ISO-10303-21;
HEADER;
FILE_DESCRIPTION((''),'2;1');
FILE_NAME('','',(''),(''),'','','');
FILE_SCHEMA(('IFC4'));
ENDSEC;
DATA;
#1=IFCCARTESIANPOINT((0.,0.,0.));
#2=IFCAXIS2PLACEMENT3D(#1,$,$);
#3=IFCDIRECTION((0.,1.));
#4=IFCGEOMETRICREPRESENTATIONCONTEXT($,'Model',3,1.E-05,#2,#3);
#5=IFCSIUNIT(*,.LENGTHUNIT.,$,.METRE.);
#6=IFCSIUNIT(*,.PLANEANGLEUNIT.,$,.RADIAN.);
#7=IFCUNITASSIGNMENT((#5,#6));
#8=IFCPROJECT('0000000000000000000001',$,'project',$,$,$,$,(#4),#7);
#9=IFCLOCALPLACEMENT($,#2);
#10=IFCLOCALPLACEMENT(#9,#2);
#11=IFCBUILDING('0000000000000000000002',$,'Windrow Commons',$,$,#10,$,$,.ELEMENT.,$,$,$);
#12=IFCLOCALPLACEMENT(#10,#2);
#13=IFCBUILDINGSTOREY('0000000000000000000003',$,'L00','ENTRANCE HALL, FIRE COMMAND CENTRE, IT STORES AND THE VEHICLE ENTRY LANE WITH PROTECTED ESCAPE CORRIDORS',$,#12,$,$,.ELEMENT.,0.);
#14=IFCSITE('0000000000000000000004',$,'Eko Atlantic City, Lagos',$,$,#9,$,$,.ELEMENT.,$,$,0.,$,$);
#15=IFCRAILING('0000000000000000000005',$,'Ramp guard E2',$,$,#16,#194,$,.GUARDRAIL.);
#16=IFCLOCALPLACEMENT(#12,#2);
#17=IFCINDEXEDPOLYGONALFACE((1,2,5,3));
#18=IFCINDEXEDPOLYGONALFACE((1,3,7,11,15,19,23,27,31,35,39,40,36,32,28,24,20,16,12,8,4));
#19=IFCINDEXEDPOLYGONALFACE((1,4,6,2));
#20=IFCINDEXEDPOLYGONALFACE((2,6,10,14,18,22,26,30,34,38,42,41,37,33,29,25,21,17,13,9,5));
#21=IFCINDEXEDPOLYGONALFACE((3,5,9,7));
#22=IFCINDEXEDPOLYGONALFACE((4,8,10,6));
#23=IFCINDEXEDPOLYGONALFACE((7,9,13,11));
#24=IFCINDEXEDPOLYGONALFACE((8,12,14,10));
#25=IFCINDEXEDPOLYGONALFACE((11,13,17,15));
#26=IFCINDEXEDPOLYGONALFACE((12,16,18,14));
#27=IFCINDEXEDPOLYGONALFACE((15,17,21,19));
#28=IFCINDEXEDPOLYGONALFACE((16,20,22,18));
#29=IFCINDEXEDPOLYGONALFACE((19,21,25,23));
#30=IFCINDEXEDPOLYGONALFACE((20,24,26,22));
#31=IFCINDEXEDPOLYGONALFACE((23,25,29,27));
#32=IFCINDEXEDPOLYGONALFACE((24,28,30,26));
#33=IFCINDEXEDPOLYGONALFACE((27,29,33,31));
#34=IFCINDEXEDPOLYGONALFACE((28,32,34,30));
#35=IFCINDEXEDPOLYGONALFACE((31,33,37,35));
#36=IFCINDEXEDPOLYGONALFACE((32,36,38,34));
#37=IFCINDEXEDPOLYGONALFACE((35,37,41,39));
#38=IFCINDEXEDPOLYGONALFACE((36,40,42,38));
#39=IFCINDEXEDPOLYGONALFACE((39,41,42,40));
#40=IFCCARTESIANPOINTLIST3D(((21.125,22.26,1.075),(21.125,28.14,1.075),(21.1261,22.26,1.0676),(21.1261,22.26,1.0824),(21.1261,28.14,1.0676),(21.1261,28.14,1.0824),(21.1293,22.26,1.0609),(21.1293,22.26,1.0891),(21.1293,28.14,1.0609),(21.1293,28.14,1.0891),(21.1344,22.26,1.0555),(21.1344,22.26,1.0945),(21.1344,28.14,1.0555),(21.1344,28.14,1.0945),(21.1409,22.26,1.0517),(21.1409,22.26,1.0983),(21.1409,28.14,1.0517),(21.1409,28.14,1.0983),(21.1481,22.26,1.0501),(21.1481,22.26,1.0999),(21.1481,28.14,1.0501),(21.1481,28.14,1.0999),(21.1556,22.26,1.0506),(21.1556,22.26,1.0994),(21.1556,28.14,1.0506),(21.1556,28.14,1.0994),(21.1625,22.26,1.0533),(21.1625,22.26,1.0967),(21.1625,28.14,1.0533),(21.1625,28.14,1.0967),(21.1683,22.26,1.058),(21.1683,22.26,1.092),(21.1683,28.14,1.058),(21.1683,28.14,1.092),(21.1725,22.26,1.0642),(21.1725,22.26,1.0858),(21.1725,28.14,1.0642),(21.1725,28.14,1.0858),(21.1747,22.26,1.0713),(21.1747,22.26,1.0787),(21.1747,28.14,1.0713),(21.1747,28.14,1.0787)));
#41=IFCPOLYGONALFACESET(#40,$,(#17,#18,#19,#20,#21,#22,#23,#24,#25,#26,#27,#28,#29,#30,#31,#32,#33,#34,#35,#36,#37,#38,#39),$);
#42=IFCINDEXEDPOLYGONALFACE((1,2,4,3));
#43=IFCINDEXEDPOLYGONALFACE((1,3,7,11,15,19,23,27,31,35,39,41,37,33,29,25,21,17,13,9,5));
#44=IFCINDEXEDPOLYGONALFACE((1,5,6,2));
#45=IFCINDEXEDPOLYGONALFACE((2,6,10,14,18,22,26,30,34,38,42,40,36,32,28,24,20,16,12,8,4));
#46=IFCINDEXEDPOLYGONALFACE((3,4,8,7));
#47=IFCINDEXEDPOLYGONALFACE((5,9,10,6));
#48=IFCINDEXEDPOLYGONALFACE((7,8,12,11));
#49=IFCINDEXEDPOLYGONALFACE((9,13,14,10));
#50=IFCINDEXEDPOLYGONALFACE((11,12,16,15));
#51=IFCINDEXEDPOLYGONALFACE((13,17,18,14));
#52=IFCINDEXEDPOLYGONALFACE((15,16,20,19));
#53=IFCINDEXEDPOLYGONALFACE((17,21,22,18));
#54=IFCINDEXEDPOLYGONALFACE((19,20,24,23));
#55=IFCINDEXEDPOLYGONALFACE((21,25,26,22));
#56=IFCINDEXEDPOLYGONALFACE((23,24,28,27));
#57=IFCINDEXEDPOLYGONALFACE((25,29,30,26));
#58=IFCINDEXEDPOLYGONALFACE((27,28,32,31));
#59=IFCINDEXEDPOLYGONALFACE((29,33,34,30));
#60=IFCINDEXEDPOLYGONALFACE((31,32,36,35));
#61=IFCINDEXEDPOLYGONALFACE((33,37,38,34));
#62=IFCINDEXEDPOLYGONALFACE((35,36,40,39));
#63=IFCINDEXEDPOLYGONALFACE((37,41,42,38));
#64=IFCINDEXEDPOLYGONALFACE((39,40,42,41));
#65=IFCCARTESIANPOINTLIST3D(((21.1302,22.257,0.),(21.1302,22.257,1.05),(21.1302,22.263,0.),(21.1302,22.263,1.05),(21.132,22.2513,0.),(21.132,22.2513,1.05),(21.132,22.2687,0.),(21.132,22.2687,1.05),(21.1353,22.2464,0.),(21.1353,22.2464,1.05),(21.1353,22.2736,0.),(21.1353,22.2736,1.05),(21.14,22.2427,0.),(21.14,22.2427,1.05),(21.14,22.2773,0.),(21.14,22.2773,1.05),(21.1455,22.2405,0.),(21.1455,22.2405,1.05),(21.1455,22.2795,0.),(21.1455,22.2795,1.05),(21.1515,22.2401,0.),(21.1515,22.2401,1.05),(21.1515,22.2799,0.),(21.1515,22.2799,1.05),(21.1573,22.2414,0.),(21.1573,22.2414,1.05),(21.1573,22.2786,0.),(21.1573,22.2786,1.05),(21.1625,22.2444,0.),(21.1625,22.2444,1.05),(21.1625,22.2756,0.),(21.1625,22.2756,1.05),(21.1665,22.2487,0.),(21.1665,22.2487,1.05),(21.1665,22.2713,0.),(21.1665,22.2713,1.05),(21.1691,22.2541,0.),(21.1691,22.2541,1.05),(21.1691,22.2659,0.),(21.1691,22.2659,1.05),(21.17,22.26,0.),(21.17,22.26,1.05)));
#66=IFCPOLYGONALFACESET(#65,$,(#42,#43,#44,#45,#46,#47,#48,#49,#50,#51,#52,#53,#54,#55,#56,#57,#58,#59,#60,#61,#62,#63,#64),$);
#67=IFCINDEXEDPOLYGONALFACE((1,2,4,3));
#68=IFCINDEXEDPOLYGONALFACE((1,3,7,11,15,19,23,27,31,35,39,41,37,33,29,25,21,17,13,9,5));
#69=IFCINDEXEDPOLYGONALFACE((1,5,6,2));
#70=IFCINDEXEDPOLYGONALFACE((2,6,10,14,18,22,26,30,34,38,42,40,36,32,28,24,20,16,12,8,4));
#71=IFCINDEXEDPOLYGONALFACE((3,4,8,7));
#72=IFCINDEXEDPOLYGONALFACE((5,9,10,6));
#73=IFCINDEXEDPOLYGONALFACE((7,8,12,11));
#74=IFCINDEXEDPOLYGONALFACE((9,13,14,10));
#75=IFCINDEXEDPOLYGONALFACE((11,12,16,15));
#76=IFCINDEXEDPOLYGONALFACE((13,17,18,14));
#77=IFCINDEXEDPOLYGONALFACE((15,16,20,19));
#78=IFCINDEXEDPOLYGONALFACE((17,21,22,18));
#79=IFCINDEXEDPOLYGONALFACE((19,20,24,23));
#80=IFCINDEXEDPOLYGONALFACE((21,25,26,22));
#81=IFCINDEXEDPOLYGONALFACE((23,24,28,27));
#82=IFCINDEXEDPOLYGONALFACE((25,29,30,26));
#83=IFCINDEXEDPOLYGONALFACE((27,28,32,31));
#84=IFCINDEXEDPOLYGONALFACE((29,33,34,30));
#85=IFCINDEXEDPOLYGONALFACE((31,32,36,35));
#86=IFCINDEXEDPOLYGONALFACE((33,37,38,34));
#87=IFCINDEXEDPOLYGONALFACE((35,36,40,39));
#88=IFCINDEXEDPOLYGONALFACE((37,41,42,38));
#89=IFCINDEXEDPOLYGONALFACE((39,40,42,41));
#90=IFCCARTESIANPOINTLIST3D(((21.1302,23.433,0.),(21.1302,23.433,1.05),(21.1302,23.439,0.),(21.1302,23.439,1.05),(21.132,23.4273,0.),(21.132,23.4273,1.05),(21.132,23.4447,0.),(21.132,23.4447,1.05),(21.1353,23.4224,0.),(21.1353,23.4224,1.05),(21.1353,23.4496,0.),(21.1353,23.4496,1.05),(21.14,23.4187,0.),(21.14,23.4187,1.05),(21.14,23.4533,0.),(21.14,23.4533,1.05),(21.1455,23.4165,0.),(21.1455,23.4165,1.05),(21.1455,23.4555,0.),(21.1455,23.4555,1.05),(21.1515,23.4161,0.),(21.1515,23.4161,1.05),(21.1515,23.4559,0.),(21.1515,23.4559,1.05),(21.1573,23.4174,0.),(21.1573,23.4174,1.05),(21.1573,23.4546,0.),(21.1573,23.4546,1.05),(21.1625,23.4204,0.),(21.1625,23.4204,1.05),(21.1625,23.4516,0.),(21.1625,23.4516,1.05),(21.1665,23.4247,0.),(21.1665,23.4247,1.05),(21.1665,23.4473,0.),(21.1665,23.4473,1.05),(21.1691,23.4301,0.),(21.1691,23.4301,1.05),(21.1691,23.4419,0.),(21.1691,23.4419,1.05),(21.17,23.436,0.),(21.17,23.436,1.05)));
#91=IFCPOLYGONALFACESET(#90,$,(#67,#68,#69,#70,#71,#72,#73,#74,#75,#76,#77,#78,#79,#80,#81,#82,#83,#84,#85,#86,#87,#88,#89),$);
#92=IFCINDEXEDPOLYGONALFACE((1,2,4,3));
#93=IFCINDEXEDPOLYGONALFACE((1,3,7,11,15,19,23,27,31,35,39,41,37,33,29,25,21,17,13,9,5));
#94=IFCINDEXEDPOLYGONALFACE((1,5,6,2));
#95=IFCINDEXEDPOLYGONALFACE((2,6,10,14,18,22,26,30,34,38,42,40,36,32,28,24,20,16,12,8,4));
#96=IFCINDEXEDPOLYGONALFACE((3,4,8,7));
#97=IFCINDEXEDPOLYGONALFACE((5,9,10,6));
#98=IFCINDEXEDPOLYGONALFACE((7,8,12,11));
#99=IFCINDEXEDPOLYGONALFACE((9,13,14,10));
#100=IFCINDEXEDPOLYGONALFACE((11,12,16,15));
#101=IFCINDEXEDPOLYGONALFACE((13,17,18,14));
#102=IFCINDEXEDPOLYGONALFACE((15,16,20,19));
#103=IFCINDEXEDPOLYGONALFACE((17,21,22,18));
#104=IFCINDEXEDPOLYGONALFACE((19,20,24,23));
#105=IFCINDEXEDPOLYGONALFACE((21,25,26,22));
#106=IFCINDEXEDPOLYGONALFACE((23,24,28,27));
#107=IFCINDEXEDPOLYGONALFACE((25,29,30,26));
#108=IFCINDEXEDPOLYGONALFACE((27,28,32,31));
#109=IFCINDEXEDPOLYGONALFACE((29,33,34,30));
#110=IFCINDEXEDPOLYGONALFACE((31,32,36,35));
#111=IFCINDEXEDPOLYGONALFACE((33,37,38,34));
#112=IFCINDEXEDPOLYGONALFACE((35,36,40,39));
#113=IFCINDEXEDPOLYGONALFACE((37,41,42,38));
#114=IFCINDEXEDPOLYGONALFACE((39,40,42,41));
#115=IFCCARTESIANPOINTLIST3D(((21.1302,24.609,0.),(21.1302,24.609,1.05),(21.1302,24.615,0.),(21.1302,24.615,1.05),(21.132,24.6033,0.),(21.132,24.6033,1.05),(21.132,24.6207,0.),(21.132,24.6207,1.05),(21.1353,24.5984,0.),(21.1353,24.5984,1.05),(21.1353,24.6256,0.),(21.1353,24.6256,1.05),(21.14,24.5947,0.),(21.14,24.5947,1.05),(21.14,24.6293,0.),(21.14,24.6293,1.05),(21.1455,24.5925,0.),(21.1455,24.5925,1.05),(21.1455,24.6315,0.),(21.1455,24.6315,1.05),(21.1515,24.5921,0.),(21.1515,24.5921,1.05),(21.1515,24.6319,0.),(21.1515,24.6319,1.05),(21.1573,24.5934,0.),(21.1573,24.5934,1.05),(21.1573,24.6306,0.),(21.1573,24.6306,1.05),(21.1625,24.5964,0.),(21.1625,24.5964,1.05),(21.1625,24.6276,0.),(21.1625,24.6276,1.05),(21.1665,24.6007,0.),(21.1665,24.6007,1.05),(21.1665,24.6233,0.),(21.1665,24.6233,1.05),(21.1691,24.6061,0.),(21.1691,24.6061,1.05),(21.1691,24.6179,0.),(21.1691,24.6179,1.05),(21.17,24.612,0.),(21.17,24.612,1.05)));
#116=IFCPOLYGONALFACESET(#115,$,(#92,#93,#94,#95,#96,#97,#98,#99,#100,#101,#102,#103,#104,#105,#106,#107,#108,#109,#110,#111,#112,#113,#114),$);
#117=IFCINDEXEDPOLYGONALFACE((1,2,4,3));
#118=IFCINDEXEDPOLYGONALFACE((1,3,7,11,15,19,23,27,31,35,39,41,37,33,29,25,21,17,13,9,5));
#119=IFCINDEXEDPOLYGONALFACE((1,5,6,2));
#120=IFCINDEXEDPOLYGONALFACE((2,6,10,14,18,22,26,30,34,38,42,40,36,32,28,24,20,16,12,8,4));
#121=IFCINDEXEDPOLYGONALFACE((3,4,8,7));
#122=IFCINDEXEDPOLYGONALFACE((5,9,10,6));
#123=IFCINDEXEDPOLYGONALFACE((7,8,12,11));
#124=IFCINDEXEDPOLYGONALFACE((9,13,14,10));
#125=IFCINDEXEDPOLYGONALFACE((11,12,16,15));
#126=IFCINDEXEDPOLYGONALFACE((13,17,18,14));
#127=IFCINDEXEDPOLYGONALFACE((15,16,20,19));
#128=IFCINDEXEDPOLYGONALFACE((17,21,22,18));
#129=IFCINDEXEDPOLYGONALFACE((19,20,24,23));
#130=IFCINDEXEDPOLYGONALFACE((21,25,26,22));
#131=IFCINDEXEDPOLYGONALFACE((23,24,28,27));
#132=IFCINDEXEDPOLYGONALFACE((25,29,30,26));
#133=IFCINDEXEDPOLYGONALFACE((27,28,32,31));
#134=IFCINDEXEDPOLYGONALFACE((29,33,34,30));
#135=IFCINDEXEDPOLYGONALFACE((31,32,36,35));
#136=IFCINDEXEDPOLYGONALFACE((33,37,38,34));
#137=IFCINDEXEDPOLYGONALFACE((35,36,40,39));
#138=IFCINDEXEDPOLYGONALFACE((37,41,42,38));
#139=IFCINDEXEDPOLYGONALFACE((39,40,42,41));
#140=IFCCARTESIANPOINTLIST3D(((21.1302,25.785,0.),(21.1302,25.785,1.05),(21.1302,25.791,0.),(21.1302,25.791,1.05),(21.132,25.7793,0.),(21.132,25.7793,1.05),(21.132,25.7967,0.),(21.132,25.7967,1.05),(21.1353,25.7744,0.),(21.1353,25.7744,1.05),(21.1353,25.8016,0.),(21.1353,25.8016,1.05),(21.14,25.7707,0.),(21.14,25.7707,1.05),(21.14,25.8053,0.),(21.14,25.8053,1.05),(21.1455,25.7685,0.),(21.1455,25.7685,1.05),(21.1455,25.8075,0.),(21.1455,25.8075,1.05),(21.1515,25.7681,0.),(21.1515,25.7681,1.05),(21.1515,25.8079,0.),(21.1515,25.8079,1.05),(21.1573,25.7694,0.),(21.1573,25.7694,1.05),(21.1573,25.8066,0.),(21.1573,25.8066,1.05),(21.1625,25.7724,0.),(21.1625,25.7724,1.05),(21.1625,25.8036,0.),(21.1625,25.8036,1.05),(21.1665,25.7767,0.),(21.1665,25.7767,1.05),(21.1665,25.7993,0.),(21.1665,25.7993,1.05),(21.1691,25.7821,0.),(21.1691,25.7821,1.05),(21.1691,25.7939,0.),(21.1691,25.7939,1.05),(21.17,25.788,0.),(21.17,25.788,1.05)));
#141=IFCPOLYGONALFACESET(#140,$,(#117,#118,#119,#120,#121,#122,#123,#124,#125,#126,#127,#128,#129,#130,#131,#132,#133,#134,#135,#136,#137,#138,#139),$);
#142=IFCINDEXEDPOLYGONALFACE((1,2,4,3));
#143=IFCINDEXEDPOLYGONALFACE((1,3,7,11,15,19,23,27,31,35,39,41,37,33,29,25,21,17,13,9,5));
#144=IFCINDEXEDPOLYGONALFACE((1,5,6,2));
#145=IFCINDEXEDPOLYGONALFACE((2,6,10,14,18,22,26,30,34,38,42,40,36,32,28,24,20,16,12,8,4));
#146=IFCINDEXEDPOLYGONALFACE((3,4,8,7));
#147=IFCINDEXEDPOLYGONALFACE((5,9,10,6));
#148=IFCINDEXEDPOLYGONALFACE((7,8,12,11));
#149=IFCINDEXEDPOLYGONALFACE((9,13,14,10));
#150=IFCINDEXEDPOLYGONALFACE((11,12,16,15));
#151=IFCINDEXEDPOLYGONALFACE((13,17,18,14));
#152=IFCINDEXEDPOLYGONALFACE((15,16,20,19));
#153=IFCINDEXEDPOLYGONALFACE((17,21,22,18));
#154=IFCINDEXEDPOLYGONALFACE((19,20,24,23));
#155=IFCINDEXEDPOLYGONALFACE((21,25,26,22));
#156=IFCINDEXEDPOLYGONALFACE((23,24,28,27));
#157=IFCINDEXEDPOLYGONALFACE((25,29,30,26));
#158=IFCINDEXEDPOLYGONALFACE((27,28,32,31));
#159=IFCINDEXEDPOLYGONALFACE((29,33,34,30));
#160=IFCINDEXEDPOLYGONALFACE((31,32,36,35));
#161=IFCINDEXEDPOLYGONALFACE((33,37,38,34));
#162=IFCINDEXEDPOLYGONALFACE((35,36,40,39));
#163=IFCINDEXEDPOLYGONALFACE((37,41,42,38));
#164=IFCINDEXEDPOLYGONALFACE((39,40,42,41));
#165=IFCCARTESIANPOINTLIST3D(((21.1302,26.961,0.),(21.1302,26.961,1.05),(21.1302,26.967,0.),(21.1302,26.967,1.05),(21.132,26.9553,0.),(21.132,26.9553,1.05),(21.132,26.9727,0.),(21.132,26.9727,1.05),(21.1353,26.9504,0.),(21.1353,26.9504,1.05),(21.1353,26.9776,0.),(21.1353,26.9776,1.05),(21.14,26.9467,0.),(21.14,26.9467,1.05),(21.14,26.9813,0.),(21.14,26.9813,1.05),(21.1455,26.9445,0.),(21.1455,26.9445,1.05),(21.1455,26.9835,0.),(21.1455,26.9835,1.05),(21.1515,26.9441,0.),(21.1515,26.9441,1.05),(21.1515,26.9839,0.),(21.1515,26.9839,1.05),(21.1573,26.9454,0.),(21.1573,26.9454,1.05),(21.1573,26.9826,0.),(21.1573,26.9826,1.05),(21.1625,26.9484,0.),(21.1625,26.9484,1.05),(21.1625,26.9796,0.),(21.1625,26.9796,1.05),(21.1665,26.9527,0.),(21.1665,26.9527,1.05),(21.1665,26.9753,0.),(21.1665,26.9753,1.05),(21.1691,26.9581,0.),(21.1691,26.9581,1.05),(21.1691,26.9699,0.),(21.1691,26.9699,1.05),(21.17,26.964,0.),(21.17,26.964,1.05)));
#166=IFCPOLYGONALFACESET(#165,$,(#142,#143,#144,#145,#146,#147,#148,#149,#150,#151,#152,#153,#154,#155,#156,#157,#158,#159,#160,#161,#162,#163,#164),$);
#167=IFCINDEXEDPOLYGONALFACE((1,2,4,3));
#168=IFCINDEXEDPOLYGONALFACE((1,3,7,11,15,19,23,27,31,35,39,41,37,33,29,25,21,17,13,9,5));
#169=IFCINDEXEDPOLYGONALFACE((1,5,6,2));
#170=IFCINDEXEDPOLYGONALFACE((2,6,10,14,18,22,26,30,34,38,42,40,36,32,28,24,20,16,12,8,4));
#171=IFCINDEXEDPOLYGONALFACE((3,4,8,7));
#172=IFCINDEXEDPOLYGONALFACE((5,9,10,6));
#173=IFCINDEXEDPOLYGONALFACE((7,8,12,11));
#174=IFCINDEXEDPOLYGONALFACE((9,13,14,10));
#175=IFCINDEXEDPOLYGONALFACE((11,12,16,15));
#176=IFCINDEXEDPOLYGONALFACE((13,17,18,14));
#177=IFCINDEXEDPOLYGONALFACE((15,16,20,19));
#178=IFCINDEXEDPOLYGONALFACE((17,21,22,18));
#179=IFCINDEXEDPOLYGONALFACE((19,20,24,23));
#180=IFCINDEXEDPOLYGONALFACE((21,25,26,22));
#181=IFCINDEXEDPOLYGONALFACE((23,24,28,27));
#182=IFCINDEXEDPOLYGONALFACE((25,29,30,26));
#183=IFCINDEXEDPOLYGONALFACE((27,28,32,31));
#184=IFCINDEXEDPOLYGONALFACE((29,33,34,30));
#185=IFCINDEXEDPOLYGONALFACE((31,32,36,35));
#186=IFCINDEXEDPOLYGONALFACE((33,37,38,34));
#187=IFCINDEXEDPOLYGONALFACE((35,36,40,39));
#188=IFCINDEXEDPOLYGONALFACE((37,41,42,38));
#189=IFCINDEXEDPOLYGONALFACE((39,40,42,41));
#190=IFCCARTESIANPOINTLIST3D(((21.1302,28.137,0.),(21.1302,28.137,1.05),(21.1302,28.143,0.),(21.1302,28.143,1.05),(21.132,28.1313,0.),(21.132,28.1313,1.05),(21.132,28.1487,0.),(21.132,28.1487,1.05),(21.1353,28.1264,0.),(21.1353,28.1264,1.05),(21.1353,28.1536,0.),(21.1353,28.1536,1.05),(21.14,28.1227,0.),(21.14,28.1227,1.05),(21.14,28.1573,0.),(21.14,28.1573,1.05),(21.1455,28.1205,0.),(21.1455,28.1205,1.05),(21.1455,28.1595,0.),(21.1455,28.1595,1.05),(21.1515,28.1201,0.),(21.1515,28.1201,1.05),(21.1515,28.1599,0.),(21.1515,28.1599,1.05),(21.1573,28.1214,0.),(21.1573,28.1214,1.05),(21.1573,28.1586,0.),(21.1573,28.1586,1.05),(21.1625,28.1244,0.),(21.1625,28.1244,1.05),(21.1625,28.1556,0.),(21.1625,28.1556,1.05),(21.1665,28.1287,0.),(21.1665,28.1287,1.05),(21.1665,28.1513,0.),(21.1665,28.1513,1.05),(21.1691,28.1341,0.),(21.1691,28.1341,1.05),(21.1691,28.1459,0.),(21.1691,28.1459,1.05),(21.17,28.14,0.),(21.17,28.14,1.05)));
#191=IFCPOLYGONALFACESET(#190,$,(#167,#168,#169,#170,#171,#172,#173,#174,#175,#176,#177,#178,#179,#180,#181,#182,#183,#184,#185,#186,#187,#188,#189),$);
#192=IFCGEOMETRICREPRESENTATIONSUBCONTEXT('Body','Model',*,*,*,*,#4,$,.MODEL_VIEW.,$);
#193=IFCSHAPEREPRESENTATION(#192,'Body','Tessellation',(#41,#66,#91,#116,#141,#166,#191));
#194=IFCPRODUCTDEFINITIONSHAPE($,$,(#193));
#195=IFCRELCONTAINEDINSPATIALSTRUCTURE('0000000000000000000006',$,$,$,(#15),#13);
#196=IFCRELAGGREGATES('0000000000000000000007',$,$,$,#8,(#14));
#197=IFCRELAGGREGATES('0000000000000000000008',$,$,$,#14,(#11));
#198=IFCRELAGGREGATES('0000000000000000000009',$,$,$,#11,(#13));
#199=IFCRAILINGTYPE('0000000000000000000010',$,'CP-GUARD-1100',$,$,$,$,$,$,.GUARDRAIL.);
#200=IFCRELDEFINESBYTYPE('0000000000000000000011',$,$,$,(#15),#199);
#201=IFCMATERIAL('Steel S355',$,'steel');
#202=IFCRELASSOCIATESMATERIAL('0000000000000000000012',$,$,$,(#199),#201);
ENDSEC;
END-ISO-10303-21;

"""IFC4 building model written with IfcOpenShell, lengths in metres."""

from ifc_helpers import new_model, si_unit, direction, frame, origin, origin_2d, place, context, subcontext, project, spatial, circle, extrude, material, type_object, element, save


model = new_model("IFC4")

# Units and contexts
model_context = context("Model", 3, precision=1e-05, world=origin(), true_north=direction((0.0, 1.0)))
body_context = subcontext(model_context, "Body", "Model", "MODEL_VIEW")
ifc_project = project(units=[si_unit("LENGTHUNIT", "METRE"), si_unit("PLANEANGLEUNIT", "RADIAN")], contexts=[model_context])

# Site, building, storey
site_placement = place(None, origin())
site = spatial("IfcSite", under=ifc_project, at=site_placement, Name="Eko Atlantic City, Lagos", CompositionType="ELEMENT", RefElevation=0.0)
building_placement = place(site_placement, origin())
building = spatial("IfcBuilding", under=site, at=building_placement, Name="Windrow Commons", CompositionType="ELEMENT")
storey_placement = place(building_placement, origin())
storey = spatial("IfcBuildingStorey", under=building, at=storey_placement, Name="L00", Description="ENTRANCE HALL, FIRE COMMAND CENTRE, IT STORES AND THE VEHICLE ENTRY LANE WITH PROTECTED ESCAPE CORRIDORS", CompositionType="ELEMENT", Elevation=0.0)

# Railing
ifc_material_1 = material(Name="Steel S355", Category="steel")
railing_type_1 = type_object("IfcRailingType", Name="CP-GUARD-1100", PredefinedType="GUARDRAIL", material=ifc_material_1)
for number, where, name in (
    (1, (21.15, 22.26, 0.0), "Ramp guard E2"),
):
    element("IfcRailing", number, at=place(storey_placement, frame(where)), inside=storey, type_object=railing_type_1, Name=name, PredefinedType="GUARDRAIL", context=body_context, shape_type="SweptSolid", body=[
        extrude(circle(Radius=0.025, at=origin_2d()), frame((0.0, 0.0, 1.075), z_axis=(0.0, 1.0, 0.0), x_axis=(-1.0, 0.0, 0.0)), (0.0, 0.0, 1.0), 5.88),
        extrude(circle(Radius=0.02, at=origin_2d()), origin(), (0.0, 0.0, 1.0), 1.05),
        extrude(circle(Radius=0.02, at=origin_2d()), frame((0.0, 1.176, 0.0)), (0.0, 0.0, 1.0), 1.05),
        extrude(circle(Radius=0.02, at=origin_2d()), frame((0.0, 2.352, 0.0)), (0.0, 0.0, 1.0), 1.05),
        extrude(circle(Radius=0.02, at=origin_2d()), frame((0.0, 3.528, 0.0)), (0.0, 0.0, 1.0), 1.05),
        extrude(circle(Radius=0.02, at=origin_2d()), frame((0.0, 4.704, 0.0)), (0.0, 0.0, 1.0), 1.05),
        extrude(circle(Radius=0.02, at=origin_2d()), frame((0.0, 5.88, 0.0)), (0.0, 0.0, 1.0), 1.05),
    ])

save(model, "model.ifc")
